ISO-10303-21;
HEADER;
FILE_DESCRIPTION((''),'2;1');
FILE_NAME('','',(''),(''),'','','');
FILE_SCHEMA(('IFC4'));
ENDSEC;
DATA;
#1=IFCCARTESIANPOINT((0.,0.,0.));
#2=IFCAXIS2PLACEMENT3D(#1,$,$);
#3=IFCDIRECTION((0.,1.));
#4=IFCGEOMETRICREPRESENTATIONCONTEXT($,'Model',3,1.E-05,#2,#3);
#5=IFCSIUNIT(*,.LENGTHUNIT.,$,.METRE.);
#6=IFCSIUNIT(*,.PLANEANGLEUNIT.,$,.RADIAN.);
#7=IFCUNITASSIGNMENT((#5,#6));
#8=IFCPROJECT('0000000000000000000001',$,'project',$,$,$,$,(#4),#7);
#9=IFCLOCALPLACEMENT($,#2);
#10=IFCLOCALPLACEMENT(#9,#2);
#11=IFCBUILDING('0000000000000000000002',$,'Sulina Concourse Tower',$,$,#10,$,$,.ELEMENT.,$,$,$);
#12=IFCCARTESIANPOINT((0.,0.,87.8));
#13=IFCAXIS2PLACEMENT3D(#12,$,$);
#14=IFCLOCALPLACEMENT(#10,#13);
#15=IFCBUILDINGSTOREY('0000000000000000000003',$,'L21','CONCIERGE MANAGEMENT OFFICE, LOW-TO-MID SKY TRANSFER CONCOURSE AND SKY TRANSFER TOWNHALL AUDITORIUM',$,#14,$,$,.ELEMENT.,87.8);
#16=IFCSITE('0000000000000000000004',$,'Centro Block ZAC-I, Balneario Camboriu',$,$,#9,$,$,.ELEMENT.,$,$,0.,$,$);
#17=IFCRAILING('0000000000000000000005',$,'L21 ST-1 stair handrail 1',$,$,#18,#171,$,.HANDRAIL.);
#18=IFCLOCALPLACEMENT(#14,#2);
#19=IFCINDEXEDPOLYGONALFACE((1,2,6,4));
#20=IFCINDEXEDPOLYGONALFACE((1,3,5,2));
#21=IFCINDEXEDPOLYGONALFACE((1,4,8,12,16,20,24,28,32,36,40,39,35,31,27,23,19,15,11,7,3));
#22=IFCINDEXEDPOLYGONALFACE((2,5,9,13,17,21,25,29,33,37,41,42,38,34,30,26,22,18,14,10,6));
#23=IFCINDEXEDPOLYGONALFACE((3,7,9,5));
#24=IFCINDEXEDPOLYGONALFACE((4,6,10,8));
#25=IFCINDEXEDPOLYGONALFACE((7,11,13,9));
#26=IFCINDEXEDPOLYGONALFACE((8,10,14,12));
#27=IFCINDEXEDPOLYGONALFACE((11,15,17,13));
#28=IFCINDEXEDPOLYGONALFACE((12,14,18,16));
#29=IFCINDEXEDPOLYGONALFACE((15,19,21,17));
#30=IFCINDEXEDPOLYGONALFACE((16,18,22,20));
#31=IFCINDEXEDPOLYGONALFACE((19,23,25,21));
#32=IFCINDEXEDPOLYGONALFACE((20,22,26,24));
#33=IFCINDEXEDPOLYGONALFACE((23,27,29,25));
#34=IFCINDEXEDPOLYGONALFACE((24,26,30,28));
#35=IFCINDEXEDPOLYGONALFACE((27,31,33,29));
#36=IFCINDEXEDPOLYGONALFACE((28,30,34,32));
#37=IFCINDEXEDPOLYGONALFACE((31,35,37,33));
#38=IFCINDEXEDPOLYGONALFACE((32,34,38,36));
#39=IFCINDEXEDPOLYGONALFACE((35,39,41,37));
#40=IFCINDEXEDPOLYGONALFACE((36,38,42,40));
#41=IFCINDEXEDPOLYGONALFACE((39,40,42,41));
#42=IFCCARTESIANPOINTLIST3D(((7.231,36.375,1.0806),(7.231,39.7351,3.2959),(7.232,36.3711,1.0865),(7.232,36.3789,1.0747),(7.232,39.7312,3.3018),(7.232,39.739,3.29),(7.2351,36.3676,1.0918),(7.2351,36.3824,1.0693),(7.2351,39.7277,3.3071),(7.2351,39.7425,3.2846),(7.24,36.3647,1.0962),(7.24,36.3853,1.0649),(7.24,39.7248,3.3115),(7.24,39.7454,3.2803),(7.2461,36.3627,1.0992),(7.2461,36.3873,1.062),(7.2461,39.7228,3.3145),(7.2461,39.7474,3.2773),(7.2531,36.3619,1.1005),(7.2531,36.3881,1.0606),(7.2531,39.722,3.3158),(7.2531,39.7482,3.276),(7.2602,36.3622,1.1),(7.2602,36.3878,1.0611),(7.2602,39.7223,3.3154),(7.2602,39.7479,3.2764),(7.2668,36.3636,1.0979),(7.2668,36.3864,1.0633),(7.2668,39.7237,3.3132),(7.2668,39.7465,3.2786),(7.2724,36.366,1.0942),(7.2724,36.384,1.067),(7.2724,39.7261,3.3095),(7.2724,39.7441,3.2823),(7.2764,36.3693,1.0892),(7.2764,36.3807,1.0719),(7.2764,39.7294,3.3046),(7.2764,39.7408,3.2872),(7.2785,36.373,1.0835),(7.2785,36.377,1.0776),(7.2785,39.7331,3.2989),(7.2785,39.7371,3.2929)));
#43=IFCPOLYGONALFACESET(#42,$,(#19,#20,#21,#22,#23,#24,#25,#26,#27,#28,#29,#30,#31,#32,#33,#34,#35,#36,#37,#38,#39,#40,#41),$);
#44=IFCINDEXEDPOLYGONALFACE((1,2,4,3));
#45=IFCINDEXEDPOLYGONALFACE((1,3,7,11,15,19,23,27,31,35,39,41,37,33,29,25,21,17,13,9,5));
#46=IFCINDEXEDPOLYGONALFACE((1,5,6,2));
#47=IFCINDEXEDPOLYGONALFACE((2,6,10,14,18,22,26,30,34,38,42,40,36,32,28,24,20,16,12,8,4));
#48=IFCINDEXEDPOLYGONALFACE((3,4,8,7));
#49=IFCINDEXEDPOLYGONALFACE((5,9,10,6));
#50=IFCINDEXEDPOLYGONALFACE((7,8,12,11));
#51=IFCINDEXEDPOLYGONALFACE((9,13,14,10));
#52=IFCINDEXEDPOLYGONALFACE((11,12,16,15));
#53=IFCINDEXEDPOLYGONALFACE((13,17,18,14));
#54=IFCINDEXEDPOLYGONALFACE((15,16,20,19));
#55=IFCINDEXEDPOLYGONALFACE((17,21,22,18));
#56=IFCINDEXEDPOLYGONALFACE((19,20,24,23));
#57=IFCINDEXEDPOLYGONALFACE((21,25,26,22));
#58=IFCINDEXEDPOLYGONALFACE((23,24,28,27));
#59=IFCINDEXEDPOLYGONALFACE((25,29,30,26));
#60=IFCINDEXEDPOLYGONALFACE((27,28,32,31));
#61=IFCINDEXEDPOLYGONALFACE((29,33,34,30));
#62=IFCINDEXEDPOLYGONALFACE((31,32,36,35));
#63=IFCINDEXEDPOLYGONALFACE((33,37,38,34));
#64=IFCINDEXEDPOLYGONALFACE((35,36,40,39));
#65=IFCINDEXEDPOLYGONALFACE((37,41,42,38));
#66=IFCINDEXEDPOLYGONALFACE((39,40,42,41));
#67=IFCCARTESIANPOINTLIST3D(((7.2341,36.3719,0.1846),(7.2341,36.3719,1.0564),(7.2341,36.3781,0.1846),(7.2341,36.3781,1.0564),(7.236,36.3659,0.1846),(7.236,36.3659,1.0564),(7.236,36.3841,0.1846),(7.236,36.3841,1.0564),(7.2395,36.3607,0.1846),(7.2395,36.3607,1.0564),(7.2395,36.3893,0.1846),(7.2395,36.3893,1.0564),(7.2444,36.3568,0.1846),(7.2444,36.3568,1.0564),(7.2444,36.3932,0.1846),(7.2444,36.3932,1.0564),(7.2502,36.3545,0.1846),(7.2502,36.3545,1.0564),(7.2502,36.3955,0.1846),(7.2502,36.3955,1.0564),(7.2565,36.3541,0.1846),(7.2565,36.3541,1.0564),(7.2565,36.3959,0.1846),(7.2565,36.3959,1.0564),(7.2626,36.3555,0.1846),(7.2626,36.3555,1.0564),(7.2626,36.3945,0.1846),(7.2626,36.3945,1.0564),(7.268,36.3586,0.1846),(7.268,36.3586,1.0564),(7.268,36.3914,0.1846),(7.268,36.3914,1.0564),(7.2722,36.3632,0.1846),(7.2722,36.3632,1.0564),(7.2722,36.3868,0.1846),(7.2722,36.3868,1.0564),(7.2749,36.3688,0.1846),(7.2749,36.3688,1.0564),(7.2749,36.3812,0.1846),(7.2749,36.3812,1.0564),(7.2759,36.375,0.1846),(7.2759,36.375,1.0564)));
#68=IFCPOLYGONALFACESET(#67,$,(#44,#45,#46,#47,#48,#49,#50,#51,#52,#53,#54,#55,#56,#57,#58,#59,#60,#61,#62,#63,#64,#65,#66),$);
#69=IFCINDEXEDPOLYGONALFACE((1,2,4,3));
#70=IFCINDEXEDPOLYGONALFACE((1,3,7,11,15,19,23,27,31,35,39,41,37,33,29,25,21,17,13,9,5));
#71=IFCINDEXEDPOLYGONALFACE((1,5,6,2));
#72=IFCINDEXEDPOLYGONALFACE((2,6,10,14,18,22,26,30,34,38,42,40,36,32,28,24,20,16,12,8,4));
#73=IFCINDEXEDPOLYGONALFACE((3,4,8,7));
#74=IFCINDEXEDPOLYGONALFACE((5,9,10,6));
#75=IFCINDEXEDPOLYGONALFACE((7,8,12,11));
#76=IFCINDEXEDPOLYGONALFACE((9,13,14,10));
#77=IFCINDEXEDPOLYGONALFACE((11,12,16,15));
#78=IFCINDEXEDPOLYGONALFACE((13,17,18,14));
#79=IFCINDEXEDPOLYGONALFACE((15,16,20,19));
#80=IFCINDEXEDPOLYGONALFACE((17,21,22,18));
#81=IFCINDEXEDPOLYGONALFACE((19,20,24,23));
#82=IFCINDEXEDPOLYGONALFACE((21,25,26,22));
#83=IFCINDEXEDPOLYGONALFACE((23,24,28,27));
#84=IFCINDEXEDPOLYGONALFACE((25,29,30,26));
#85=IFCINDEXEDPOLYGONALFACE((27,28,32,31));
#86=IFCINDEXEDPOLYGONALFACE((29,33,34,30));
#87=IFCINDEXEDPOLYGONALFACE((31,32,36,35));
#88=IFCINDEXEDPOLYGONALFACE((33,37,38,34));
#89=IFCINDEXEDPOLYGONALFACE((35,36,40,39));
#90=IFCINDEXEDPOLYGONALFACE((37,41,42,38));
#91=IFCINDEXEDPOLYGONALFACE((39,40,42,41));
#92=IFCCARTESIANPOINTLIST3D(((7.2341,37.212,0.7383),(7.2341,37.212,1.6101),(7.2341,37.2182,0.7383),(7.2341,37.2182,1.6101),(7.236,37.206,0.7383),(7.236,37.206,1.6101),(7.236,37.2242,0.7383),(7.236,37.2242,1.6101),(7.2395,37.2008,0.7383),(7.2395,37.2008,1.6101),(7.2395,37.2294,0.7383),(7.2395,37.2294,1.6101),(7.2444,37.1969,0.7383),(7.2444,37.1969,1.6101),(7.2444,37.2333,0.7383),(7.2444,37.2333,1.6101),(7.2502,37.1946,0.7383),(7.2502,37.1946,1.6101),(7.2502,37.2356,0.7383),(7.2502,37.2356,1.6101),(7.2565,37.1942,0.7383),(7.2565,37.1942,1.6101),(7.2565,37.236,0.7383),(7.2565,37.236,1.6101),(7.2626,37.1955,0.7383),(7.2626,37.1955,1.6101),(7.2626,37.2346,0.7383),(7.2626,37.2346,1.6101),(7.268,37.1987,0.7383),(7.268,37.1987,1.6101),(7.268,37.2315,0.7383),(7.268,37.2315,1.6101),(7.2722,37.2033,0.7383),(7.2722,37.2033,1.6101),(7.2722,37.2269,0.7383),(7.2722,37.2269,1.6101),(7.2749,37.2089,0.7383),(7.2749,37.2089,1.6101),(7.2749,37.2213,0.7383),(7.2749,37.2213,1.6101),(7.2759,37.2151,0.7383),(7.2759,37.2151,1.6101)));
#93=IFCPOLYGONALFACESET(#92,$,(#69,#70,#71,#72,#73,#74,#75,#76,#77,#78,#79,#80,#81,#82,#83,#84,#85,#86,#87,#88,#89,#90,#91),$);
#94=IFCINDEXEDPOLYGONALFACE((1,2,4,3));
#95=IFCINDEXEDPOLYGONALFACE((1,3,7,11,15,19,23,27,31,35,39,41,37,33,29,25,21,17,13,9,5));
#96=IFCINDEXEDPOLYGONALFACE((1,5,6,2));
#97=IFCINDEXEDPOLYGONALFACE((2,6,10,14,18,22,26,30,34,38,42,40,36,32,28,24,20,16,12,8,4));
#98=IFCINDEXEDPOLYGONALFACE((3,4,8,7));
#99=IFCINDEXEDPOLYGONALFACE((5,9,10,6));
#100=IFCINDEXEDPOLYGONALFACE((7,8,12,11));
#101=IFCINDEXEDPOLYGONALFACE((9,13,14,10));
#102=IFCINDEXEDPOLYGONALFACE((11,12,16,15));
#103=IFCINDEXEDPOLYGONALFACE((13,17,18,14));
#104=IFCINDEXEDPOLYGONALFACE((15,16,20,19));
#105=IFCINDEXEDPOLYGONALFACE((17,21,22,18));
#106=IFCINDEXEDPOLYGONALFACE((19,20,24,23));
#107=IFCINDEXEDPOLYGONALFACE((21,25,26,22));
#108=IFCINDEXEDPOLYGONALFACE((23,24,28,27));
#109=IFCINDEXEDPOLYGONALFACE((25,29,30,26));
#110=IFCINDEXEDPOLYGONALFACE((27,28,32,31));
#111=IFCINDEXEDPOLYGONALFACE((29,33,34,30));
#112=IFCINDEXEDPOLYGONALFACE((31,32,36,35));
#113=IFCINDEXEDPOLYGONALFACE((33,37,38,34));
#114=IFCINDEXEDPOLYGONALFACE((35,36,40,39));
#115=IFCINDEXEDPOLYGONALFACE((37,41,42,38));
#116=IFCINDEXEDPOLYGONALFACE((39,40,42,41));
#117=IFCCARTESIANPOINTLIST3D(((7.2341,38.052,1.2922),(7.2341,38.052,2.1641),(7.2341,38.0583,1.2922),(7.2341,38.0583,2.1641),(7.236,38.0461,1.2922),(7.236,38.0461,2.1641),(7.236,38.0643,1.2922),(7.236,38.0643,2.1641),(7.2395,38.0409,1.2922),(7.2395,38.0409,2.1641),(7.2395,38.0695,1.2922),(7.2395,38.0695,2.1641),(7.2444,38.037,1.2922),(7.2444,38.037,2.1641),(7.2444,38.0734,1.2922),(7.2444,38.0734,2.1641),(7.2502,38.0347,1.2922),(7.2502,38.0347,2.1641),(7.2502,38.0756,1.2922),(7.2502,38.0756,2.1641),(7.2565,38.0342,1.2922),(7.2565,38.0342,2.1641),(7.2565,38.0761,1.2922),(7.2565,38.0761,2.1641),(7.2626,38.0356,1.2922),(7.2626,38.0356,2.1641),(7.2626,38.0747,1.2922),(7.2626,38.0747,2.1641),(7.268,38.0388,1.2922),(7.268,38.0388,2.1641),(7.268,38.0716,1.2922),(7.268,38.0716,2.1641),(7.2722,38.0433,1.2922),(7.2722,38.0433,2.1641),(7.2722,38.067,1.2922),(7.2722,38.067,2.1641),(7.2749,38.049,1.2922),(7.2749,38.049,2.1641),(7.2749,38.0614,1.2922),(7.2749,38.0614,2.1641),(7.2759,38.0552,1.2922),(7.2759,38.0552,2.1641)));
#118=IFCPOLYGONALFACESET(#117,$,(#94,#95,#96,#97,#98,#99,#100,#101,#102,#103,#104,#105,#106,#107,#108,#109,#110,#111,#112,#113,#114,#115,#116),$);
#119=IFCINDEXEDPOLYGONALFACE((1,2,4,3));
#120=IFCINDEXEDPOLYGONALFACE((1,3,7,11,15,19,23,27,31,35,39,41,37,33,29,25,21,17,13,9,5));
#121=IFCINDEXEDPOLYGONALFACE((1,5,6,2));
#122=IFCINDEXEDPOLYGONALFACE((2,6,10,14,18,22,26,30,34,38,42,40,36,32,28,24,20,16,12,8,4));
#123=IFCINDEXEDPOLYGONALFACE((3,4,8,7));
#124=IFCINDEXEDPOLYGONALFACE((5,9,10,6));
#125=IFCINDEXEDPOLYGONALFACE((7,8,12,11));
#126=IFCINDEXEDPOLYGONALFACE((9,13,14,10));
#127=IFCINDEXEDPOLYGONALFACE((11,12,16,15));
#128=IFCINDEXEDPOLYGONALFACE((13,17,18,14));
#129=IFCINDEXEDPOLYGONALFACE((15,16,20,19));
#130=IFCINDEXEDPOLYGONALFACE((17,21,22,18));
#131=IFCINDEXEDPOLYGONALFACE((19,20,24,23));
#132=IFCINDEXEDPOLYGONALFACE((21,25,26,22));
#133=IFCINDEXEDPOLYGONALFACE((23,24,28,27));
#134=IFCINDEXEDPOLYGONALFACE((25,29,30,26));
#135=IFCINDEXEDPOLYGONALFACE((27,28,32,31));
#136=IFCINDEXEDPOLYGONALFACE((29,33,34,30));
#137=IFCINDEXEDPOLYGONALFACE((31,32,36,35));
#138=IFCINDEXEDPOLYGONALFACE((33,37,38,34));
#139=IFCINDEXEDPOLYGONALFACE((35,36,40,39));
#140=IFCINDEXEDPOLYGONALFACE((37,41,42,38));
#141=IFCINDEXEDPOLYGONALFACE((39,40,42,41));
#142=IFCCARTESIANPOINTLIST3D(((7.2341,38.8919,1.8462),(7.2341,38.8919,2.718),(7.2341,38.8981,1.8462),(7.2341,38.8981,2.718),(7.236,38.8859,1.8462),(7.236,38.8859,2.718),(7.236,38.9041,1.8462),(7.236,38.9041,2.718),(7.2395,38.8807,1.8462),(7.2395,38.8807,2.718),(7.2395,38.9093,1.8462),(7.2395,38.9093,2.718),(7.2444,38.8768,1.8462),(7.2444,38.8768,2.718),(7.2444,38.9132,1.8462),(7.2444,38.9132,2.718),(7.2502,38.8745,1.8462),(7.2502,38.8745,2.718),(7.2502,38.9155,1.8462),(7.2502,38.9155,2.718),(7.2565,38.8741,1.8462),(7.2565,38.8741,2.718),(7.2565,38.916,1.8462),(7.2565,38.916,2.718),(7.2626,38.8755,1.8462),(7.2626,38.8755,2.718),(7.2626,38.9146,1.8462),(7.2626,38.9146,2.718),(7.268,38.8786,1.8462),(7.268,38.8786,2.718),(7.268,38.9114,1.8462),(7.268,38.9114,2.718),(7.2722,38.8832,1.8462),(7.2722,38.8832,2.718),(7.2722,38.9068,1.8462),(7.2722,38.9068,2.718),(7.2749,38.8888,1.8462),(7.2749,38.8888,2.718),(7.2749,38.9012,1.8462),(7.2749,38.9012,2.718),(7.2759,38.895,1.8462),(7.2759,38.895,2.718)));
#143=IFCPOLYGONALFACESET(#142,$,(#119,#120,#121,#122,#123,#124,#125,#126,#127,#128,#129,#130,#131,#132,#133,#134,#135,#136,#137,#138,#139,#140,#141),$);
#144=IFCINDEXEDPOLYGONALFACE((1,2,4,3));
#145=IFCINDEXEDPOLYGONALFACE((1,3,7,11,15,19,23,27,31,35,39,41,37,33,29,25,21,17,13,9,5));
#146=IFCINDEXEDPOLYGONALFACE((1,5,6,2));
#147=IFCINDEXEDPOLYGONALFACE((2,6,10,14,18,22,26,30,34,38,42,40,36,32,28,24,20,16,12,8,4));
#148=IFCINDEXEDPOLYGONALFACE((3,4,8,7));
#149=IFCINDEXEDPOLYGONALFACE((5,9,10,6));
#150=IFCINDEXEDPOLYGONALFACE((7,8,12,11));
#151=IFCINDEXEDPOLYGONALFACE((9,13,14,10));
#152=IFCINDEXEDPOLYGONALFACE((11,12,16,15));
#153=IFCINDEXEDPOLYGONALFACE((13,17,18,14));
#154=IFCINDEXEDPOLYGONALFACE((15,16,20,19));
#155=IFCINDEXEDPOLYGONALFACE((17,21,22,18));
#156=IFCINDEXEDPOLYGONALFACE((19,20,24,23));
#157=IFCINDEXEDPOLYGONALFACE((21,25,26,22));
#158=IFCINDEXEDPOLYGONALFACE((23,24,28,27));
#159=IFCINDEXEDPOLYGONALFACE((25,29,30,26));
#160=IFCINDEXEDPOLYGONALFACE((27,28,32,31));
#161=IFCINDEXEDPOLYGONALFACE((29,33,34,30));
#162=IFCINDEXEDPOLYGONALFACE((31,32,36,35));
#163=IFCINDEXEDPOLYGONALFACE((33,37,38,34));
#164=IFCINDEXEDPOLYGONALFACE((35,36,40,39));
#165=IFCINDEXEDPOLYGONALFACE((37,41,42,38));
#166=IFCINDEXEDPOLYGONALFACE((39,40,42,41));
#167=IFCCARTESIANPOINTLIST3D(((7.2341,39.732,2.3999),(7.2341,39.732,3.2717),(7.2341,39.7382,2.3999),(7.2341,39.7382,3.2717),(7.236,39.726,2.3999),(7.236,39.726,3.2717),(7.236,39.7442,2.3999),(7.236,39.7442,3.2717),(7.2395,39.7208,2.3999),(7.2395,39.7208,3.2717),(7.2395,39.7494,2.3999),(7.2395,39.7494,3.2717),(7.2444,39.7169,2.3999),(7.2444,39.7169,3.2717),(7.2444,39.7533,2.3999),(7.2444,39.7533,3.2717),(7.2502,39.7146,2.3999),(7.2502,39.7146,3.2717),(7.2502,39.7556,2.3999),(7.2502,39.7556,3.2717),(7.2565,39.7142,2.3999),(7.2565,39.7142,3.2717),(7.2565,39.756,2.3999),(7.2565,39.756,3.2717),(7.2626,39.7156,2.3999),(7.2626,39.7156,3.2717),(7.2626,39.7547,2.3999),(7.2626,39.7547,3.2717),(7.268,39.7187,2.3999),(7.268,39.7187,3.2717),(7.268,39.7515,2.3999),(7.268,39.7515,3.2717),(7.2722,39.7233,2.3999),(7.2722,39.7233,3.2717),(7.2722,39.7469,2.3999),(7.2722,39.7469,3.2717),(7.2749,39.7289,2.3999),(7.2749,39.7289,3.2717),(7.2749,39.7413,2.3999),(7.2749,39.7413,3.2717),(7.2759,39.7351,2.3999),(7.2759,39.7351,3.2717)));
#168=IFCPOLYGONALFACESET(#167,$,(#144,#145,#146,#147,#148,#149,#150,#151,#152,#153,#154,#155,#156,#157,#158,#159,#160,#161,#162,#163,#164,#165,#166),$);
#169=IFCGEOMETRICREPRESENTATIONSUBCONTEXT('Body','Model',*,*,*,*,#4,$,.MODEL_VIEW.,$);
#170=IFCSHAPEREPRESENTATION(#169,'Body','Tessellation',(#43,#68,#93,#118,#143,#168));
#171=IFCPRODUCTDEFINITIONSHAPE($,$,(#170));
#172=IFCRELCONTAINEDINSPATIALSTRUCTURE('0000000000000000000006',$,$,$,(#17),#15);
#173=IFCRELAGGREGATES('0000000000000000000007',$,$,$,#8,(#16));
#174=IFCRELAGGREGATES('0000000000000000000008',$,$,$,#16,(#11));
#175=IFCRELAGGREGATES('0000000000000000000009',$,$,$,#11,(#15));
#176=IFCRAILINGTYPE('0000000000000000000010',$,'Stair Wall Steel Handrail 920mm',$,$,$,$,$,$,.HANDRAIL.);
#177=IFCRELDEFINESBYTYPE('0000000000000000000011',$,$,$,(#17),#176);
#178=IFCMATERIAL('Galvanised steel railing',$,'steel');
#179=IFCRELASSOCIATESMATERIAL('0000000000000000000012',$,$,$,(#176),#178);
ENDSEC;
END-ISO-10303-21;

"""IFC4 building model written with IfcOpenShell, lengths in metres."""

from ifc_helpers import new_model, si_unit, direction, frame, origin, origin_2d, place, context, subcontext, project, spatial, circle, extrude, material, type_object, element, save


model = new_model("IFC4")

# Units and contexts
model_context = context("Model", 3, precision=1e-05, world=origin(), true_north=direction((0.0, 1.0)))
body_context = subcontext(model_context, "Body", "Model", "MODEL_VIEW")
ifc_project = project(units=[si_unit("LENGTHUNIT", "METRE"), si_unit("PLANEANGLEUNIT", "RADIAN")], contexts=[model_context])

# Site, building, storey
site_placement = place(None, origin())
site = spatial("IfcSite", under=ifc_project, at=site_placement, Name="Centro Block ZAC-I, Balneario Camboriu", CompositionType="ELEMENT", RefElevation=0.0)
building_placement = place(site_placement, origin())
building = spatial("IfcBuilding", under=site, at=building_placement, Name="Sulina Concourse Tower", CompositionType="ELEMENT")
storey_placement = place(building_placement, frame((0.0, 0.0, 87.8)))
storey = spatial("IfcBuildingStorey", under=building, at=storey_placement, Name="L21", Description="CONCIERGE MANAGEMENT OFFICE, LOW-TO-MID SKY TRANSFER CONCOURSE AND SKY TRANSFER TOWNHALL AUDITORIUM", CompositionType="ELEMENT", Elevation=87.8)

# Railing
ifc_material_1 = material(Name="Galvanised steel railing", Category="steel")
railing_type_1 = type_object("IfcRailingType", Name="Stair Wall Steel Handrail 920mm", PredefinedType="HANDRAIL", material=ifc_material_1)
railing_1_placement = place(storey_placement, frame((7.2549, 36.375, 0.1846)))
element("IfcRailing", 1, at=railing_1_placement, inside=storey, type_object=railing_type_1, Name="L21 ST-1 stair handrail 1", PredefinedType="HANDRAIL", context=body_context, shape_type="SweptSolid", body=[
    extrude(circle(Radius=0.0239, at=origin_2d()), frame((0.0, 0.0, 0.896), z_axis=(0.0, 0.834876, 0.550437), x_axis=(-1.0, 0.0, 0.0)), (0.0, 0.0, 1.0), 4.0247),
    extrude(circle(Radius=0.021, at=origin_2d()), origin(), (0.0, 0.0, 1.0), 0.8718),
    extrude(circle(Radius=0.021, at=origin_2d()), frame((0.0, 0.8401, 0.5537)), (0.0, 0.0, 1.0), 0.8718),
    extrude(circle(Radius=0.021, at=origin_2d()), frame((0.0, 1.6802, 1.1077)), (0.0, 0.0, 1.0), 0.8718),
    extrude(circle(Radius=0.021, at=origin_2d()), frame((0.0, 2.52, 1.6616)), (0.0, 0.0, 1.0), 0.8718),
    extrude(circle(Radius=0.021, at=origin_2d()), frame((0.0, 3.3601, 2.2153)), (0.0, 0.0, 1.0), 0.8718),
])

save(model, "model.ifc")
